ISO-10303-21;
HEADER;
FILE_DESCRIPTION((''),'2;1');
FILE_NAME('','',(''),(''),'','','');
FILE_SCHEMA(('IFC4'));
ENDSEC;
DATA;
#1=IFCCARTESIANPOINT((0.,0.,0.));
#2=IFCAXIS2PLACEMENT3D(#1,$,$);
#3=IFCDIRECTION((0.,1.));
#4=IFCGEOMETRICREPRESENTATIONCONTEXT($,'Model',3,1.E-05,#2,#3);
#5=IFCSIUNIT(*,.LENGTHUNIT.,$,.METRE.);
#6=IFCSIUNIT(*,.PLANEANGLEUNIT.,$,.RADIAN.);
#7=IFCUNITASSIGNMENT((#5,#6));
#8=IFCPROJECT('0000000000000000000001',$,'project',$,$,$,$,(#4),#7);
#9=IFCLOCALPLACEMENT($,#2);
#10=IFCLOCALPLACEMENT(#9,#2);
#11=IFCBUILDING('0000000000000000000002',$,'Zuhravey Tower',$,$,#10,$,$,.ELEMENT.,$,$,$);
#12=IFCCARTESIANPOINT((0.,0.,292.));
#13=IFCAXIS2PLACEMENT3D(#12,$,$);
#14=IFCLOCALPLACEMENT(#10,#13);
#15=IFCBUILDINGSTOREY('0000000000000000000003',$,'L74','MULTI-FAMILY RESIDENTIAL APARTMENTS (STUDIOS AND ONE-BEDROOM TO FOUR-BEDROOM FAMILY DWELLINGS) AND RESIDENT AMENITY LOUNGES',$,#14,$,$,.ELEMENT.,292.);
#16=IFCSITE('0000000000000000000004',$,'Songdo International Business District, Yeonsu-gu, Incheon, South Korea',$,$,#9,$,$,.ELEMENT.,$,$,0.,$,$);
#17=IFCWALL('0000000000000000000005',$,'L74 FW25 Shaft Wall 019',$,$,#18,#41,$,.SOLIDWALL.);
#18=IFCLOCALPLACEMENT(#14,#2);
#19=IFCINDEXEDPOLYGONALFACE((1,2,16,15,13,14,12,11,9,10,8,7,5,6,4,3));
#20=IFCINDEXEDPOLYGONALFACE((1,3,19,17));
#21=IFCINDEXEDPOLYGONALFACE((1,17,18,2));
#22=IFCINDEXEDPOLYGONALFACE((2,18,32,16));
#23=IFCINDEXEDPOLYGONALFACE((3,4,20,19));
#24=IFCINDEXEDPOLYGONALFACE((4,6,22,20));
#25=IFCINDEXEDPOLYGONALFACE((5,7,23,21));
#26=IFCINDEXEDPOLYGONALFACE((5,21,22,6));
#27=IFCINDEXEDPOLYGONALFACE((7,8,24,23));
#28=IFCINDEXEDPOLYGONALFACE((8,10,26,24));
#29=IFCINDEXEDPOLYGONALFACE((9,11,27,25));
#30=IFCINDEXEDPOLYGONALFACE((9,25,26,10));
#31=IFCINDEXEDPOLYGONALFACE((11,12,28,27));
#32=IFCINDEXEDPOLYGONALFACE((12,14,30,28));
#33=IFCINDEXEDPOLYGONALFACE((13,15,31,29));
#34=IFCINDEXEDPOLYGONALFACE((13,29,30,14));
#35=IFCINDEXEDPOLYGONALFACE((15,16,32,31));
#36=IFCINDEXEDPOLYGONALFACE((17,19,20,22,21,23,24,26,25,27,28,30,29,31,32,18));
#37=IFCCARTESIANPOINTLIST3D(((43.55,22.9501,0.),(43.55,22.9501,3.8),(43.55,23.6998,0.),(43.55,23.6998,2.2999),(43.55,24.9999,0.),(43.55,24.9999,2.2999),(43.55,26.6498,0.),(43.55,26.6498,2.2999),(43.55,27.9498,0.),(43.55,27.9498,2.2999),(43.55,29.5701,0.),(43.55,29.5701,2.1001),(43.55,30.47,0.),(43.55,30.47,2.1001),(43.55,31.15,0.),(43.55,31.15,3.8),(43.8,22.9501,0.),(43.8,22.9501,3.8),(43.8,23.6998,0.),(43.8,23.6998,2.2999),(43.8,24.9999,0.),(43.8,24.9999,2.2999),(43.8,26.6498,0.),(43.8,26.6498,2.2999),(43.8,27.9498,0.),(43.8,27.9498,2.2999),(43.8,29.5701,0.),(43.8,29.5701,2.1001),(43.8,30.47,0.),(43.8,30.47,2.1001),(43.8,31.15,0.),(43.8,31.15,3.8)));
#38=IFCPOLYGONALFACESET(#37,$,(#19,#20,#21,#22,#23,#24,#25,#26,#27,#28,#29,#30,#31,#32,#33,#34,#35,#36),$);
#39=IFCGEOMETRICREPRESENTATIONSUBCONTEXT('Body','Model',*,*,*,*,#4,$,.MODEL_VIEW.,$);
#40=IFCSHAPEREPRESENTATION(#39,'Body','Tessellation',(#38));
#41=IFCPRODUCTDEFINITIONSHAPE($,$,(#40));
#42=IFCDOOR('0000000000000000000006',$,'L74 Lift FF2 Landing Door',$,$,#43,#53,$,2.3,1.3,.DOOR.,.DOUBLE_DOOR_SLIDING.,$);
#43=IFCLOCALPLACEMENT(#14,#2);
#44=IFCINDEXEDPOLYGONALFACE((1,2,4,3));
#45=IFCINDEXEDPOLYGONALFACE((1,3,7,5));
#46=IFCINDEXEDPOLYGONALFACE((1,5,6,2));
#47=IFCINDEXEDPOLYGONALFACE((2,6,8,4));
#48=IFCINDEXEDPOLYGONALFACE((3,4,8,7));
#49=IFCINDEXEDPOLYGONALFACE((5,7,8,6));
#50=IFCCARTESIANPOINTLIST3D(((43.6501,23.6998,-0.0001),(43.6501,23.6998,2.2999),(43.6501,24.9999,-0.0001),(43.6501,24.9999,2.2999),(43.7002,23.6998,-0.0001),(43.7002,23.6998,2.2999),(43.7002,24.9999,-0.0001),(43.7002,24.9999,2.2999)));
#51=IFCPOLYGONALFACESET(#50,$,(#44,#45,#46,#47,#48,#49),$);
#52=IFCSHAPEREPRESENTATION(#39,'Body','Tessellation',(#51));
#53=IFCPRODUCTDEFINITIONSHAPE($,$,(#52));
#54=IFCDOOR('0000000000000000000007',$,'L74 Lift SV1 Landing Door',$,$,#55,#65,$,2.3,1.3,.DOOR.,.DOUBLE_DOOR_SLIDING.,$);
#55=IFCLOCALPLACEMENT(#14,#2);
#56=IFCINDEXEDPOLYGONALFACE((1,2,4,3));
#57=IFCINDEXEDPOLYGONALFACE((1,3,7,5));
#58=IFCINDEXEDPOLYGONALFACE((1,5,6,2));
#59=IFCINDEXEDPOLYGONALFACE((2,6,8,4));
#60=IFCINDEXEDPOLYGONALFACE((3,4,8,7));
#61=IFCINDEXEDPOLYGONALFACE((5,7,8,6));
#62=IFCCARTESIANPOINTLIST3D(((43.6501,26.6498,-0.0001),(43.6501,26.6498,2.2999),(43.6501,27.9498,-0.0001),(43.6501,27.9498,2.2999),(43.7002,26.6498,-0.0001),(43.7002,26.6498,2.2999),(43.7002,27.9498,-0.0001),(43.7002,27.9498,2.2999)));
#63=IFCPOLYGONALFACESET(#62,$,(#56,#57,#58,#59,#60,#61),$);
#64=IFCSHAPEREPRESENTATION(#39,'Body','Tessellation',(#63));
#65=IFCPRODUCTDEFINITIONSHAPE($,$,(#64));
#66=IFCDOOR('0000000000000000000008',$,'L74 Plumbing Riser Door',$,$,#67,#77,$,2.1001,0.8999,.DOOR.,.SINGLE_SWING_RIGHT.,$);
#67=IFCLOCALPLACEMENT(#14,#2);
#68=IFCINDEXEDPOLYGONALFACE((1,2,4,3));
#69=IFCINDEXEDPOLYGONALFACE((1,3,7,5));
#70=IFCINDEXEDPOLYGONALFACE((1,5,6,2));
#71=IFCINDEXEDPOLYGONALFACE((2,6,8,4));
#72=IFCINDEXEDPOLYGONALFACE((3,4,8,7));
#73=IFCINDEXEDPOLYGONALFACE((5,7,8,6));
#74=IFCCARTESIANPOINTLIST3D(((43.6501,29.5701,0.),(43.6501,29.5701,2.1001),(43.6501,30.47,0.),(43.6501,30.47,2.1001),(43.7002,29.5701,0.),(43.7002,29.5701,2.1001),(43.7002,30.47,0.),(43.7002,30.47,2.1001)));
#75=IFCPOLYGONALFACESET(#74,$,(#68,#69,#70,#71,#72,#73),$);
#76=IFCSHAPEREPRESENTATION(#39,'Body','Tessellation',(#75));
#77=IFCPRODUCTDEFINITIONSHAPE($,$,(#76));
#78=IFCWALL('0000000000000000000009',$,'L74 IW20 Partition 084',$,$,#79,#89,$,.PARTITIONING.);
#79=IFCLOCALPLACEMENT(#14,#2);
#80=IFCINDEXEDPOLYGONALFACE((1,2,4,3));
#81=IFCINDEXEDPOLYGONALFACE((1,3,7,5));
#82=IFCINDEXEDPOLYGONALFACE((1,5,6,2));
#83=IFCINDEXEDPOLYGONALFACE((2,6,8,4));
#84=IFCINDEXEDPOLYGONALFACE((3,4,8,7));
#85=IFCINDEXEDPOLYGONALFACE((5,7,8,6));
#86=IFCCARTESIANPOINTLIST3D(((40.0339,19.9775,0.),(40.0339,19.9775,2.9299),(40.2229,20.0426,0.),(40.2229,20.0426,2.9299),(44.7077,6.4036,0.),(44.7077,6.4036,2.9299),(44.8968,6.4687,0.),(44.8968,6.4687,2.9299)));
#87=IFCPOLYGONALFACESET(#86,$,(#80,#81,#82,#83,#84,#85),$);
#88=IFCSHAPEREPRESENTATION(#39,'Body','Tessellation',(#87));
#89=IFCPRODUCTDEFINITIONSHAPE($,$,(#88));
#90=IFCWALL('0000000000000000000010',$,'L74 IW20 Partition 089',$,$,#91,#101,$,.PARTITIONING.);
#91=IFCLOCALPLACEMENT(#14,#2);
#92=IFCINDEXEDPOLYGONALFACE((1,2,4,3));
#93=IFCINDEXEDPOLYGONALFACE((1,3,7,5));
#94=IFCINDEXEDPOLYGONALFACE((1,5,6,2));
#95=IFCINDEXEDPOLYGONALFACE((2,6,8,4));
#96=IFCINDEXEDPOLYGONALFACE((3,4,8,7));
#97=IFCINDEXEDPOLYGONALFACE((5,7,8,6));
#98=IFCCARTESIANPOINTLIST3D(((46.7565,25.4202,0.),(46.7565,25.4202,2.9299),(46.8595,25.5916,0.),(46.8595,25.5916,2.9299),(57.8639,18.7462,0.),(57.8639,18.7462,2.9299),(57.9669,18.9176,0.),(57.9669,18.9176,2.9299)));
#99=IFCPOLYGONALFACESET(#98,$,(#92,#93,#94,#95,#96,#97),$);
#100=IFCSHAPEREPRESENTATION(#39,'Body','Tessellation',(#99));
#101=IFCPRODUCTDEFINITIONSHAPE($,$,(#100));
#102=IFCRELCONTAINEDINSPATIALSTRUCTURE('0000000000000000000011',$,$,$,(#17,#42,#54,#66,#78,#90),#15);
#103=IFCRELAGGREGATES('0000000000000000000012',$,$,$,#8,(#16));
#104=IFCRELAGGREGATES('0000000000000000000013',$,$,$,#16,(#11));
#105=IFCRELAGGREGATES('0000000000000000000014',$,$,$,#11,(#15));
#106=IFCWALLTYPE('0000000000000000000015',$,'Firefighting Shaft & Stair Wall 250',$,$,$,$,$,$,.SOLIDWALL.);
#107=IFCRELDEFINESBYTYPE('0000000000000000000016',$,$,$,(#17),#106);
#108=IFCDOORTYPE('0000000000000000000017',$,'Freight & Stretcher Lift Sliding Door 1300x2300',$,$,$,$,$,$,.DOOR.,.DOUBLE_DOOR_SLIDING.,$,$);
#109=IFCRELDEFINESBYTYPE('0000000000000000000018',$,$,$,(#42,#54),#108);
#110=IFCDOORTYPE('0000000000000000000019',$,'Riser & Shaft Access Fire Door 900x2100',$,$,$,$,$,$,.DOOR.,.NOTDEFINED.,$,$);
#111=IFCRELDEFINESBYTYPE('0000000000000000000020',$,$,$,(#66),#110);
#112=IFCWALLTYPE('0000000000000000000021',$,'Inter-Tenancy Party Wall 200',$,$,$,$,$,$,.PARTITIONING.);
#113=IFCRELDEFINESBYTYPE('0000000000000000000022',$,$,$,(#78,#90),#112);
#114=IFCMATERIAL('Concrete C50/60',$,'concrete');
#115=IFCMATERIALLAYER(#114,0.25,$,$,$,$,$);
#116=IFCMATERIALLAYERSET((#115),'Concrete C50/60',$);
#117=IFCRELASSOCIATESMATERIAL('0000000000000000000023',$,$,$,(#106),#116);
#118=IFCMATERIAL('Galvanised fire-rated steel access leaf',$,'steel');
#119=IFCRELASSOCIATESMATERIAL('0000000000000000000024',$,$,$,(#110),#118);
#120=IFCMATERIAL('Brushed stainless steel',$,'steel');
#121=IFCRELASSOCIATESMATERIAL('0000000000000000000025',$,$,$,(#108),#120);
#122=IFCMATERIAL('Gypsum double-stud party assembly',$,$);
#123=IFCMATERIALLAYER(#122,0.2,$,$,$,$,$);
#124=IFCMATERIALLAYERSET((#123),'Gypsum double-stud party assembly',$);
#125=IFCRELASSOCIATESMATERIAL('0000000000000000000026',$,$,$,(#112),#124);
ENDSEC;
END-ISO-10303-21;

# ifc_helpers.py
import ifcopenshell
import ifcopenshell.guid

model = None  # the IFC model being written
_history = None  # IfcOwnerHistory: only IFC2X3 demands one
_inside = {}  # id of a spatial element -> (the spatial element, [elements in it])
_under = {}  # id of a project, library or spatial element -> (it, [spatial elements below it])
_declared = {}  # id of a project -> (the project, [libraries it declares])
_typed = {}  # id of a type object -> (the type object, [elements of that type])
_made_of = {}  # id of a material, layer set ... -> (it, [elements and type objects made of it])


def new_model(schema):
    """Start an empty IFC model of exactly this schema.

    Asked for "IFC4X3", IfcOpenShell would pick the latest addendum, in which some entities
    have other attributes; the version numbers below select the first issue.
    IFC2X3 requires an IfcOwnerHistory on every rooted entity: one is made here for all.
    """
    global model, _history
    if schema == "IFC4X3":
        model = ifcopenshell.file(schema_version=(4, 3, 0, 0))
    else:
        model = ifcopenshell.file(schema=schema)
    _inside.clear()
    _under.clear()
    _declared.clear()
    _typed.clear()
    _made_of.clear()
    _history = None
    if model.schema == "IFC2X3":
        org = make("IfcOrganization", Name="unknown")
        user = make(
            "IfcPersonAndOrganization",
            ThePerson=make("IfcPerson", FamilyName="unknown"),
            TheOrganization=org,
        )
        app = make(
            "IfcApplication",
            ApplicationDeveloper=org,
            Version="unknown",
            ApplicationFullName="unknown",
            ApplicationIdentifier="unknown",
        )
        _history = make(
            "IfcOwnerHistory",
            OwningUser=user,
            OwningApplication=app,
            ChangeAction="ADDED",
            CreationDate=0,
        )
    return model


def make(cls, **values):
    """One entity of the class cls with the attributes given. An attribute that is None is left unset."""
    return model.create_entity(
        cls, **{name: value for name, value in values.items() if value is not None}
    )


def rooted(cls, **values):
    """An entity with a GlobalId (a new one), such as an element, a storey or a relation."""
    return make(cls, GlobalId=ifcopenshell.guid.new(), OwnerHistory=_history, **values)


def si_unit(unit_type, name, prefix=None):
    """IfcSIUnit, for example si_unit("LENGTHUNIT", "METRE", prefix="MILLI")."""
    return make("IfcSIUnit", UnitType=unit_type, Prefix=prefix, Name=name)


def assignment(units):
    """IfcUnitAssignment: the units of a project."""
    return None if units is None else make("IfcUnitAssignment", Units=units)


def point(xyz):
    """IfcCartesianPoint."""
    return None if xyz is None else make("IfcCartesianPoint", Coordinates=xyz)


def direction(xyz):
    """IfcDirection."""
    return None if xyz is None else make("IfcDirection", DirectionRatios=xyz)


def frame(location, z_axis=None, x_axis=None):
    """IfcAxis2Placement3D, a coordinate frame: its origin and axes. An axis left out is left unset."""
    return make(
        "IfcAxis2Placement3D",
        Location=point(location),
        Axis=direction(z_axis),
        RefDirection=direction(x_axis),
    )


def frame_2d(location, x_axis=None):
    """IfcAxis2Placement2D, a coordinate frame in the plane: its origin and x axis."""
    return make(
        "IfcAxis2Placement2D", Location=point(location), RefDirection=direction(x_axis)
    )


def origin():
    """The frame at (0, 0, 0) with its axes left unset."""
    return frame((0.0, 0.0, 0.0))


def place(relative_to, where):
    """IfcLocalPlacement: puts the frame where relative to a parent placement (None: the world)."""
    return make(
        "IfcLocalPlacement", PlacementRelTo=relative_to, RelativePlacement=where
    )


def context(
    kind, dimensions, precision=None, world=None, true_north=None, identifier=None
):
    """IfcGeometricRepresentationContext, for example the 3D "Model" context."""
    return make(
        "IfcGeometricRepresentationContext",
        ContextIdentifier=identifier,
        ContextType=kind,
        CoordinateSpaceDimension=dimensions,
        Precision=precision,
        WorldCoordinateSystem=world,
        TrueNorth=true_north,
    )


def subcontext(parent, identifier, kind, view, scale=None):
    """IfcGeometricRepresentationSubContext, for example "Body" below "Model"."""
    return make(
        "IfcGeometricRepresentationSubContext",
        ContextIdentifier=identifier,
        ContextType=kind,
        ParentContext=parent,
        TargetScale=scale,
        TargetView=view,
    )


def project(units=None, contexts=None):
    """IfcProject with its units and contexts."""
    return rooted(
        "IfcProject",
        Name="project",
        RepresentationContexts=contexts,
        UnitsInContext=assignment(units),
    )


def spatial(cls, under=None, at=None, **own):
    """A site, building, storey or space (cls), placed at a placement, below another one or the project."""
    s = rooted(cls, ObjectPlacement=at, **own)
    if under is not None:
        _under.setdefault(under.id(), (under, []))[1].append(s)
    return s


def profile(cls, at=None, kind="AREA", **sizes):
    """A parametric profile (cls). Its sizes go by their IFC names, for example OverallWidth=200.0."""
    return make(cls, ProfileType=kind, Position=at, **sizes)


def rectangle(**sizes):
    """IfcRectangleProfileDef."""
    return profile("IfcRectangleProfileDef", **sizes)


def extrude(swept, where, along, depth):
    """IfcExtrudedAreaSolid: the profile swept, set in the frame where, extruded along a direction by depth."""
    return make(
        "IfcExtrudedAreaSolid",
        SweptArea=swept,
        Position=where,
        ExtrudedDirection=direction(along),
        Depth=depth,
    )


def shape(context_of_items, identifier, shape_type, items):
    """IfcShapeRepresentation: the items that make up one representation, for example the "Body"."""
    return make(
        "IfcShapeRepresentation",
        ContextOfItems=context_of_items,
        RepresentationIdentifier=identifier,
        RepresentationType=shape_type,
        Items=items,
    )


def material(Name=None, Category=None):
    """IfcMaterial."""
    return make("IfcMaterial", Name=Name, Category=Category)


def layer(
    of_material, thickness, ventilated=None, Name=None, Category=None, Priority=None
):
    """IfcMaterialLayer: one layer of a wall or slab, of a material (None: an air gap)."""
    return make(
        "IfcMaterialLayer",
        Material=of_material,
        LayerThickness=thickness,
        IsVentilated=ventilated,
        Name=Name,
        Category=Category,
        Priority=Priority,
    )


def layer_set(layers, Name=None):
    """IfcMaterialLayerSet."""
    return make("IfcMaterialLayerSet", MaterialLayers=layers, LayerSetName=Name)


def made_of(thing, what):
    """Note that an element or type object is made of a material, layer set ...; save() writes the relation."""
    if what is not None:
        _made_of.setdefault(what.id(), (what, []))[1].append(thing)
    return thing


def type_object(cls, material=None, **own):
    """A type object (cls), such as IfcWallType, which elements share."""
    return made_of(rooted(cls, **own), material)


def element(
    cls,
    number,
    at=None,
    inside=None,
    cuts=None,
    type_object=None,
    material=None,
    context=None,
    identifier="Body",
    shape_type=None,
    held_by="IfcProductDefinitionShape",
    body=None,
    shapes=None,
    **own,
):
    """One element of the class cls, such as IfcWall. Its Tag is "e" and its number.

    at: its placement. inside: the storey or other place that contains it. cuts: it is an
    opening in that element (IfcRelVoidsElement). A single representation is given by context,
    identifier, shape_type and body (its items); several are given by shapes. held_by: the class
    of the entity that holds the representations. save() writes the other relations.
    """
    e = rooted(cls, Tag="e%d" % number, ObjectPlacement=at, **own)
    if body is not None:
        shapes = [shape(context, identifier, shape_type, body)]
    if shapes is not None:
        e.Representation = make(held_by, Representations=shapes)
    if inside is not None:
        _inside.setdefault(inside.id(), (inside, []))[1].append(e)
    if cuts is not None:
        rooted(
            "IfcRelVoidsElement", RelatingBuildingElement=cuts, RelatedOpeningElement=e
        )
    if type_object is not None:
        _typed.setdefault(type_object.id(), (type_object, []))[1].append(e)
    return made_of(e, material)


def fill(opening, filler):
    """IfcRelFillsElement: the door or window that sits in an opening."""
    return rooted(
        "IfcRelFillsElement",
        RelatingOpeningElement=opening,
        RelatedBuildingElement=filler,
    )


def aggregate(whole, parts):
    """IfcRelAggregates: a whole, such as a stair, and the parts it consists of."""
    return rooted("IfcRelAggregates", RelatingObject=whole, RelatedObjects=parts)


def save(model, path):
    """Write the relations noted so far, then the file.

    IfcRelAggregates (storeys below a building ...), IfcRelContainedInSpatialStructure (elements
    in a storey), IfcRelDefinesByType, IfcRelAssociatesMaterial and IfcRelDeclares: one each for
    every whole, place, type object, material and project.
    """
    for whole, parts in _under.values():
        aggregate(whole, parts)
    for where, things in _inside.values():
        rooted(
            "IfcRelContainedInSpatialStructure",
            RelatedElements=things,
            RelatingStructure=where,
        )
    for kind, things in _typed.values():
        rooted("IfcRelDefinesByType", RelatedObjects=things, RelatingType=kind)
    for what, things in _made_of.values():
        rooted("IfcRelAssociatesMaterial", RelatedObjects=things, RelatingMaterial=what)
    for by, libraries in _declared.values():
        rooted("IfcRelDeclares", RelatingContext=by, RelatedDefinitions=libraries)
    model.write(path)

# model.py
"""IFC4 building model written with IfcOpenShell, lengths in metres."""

from ifc_helpers import new_model, si_unit, direction, frame, frame_2d, origin, place, context, subcontext, project, spatial, rectangle, extrude, material, layer, layer_set, type_object, element, fill, save


model = new_model("IFC4")

# Units and contexts
model_context = context("Model", 3, precision=1e-05, world=origin(), true_north=direction((0.0, 1.0)))
body_context = subcontext(model_context, "Body", "Model", "MODEL_VIEW")
ifc_project = project(units=[si_unit("LENGTHUNIT", "METRE"), si_unit("PLANEANGLEUNIT", "RADIAN")], contexts=[model_context])

# Site, building, storey
site_placement = place(None, origin())
site = spatial("IfcSite", under=ifc_project, at=site_placement, Name="Songdo International Business District, Yeonsu-gu, Incheon, South Korea", CompositionType="ELEMENT", RefElevation=0.0)
building_placement = place(site_placement, origin())
building = spatial("IfcBuilding", under=site, at=building_placement, Name="Zuhravey Tower", CompositionType="ELEMENT")
storey_placement = place(building_placement, frame((0.0, 0.0, 292.0)))
storey = spatial("IfcBuildingStorey", under=building, at=storey_placement, Name="L74", Description="MULTI-FAMILY RESIDENTIAL APARTMENTS (STUDIOS AND ONE-BEDROOM TO FOUR-BEDROOM FAMILY DWELLINGS) AND RESIDENT AMENITY LOUNGES", CompositionType="ELEMENT", Elevation=292.0)

# Shared definitions
ifc_material_1 = material(Name="Concrete C50/60", Category="concrete")

# Shared definitions
ifc_layer_1 = layer(ifc_material_1, 0.25)
ifc_layer_set_1 = layer_set([ifc_layer_1], Name="Concrete C50/60")
wall_type_1 = type_object("IfcWallType", Name="Firefighting Shaft & Stair Wall 250", PredefinedType="SOLIDWALL", material=ifc_layer_set_1)
ifc_material_2 = material(Name="Galvanised fire-rated steel access leaf", Category="steel")
door_type_1 = type_object("IfcDoorType", Name="Riser & Shaft Access Fire Door 900x2100", OperationType="NOTDEFINED", PredefinedType="DOOR", material=ifc_material_2)

# Wall, openings, doors
wall_1_placement = place(storey_placement, frame((43.675, 22.95, 0.0), z_axis=(0.0, 0.0, 1.0), x_axis=(0.0, 1.0, 0.0)))
wall_1 = element("IfcWall", 1, at=wall_1_placement, inside=storey, type_object=wall_type_1, Name="L74 FW25 Shaft Wall 019", PredefinedType="SOLIDWALL", context=body_context, shape_type="SweptSolid", body=[
    extrude(rectangle(XDim=8.2, YDim=0.25, at=frame_2d((4.1001, 0.0))), origin(), (0.0, 0.0, 1.0), 3.8),
])
opening_1_placement = place(wall_1_placement, frame((0.75, 0.0, 0.0)))
opening_1 = element("IfcOpeningElement", 2, at=opening_1_placement, cuts=wall_1, PredefinedType="OPENING", context=body_context, shape_type="SweptSolid", body=[
    extrude(rectangle(XDim=1.3, YDim=2.3, at=frame_2d((0.6499, 1.1499))), frame((0.0, 0.137, 0.0), z_axis=(0.0, -1.0, 0.0), x_axis=(1.0, 0.0, 0.0)), (0.0, 0.0, 1.0), 0.2739),
])
opening_2_placement = place(wall_1_placement, frame((3.7, 0.0, 0.0)))
opening_2 = element("IfcOpeningElement", 3, at=opening_2_placement, cuts=wall_1, PredefinedType="OPENING", context=body_context, shape_type="SweptSolid", body=[
    extrude(rectangle(XDim=1.3, YDim=2.3, at=frame_2d((0.6499, 1.1499))), frame((0.0, 0.137, 0.0), z_axis=(0.0, -1.0, 0.0), x_axis=(1.0, 0.0, 0.0)), (0.0, 0.0, 1.0), 0.2739),
])
opening_3_placement = place(wall_1_placement, frame((6.6201, 0.0, 0.0)))
opening_3 = element("IfcOpeningElement", 4, at=opening_3_placement, cuts=wall_1, PredefinedType="OPENING", context=body_context, shape_type="SweptSolid", body=[
    extrude(rectangle(XDim=0.8999, YDim=2.1001, at=frame_2d((0.45, 1.05))), frame((0.0, 0.137, 0.0), z_axis=(0.0, -1.0, 0.0), x_axis=(1.0, 0.0, 0.0)), (0.0, 0.0, 1.0), 0.2739),
])
ifc_material_3 = material(Name="Brushed stainless steel", Category="steel")
door_type_2 = type_object("IfcDoorType", Name="Freight & Stretcher Lift Sliding Door 1300x2300", OperationType="DOUBLE_DOOR_SLIDING", PredefinedType="DOOR", material=ifc_material_3)
door_1_placement = place(opening_1_placement, origin())
door_1 = element("IfcDoor", 5, at=door_1_placement, inside=storey, type_object=door_type_2, Name="L74 Lift FF2 Landing Door", OperationType="DOUBLE_DOOR_SLIDING", OverallHeight=2.3, OverallWidth=1.3, PredefinedType="DOOR", context=body_context, shape_type="SweptSolid", body=[
    extrude(rectangle(XDim=1.3, YDim=2.3, at=frame_2d((0.6499, 1.1499))), frame((0.0, 0.0249, 0.0), z_axis=(0.0, -1.0, 0.0), x_axis=(1.0, 0.0, 0.0)), (0.0, 0.0, 1.0), 0.05),
])
fill(opening_1, door_1)
door_2_placement = place(opening_2_placement, origin())
door_2 = element("IfcDoor", 6, at=door_2_placement, inside=storey, type_object=door_type_2, Name="L74 Lift SV1 Landing Door", OperationType="DOUBLE_DOOR_SLIDING", OverallHeight=2.3, OverallWidth=1.3, PredefinedType="DOOR", context=body_context, shape_type="SweptSolid", body=[
    extrude(rectangle(XDim=1.3, YDim=2.3, at=frame_2d((0.6499, 1.1499))), frame((0.0, 0.0249, 0.0), z_axis=(0.0, -1.0, 0.0), x_axis=(1.0, 0.0, 0.0)), (0.0, 0.0, 1.0), 0.05),
])
fill(opening_2, door_2)
door_3_placement = place(opening_3_placement, origin())
door_3 = element("IfcDoor", 7, at=door_3_placement, inside=storey, type_object=door_type_1, Name="L74 Plumbing Riser Door", OperationType="SINGLE_SWING_RIGHT", OverallHeight=2.1001, OverallWidth=0.8999, PredefinedType="DOOR", context=body_context, shape_type="SweptSolid", body=[
    extrude(rectangle(XDim=0.8999, YDim=2.1001, at=frame_2d((0.45, 1.05))), frame((0.0, 0.0249, 0.0), z_axis=(0.0, -1.0, 0.0), x_axis=(1.0, 0.0, 0.0)), (0.0, 0.0, 1.0), 0.05),
])
fill(opening_3, door_3)

# Walls
ifc_material_4 = material(Name="Gypsum double-stud party assembly")
ifc_layer_2 = layer(ifc_material_4, 0.2)
ifc_layer_set_2 = layer_set([ifc_layer_2], Name="Gypsum double-stud party assembly")
wall_type_2 = type_object("IfcWallType", Name="Inter-Tenancy Party Wall 200", PredefinedType="PARTITIONING", material=ifc_layer_set_2)
wall_2_placement = place(storey_placement, frame((40.1284, 20.01, 0.0), z_axis=(0.0, 0.0, 1.0), x_axis=(0.325569, -0.945518, 0.0)))
element("IfcWall", 8, at=wall_2_placement, inside=storey, type_object=wall_type_2, Name="L74 IW20 Partition 084", PredefinedType="PARTITIONING", context=body_context, shape_type="SweptSolid", body=[
    extrude(rectangle(XDim=14.356, YDim=0.2, at=frame_2d((7.178, 0.0))), origin(), (0.0, 0.0, 1.0), 2.9299),
])
wall_3_placement = place(storey_placement, frame((46.8081, 25.5059, 0.0), z_axis=(0.0, 0.0, 1.0), x_axis=(0.857165, -0.515041, 0.0)))
element("IfcWall", 9, at=wall_3_placement, inside=storey, type_object=wall_type_2, Name="L74 IW20 Partition 089", PredefinedType="PARTITIONING", context=body_context, shape_type="SweptSolid", body=[
    extrude(rectangle(XDim=12.9583, YDim=0.2, at=frame_2d((6.479, 0.0))), origin(), (0.0, 0.0, 1.0), 2.9299),
])

save(model, "model.ifc")
